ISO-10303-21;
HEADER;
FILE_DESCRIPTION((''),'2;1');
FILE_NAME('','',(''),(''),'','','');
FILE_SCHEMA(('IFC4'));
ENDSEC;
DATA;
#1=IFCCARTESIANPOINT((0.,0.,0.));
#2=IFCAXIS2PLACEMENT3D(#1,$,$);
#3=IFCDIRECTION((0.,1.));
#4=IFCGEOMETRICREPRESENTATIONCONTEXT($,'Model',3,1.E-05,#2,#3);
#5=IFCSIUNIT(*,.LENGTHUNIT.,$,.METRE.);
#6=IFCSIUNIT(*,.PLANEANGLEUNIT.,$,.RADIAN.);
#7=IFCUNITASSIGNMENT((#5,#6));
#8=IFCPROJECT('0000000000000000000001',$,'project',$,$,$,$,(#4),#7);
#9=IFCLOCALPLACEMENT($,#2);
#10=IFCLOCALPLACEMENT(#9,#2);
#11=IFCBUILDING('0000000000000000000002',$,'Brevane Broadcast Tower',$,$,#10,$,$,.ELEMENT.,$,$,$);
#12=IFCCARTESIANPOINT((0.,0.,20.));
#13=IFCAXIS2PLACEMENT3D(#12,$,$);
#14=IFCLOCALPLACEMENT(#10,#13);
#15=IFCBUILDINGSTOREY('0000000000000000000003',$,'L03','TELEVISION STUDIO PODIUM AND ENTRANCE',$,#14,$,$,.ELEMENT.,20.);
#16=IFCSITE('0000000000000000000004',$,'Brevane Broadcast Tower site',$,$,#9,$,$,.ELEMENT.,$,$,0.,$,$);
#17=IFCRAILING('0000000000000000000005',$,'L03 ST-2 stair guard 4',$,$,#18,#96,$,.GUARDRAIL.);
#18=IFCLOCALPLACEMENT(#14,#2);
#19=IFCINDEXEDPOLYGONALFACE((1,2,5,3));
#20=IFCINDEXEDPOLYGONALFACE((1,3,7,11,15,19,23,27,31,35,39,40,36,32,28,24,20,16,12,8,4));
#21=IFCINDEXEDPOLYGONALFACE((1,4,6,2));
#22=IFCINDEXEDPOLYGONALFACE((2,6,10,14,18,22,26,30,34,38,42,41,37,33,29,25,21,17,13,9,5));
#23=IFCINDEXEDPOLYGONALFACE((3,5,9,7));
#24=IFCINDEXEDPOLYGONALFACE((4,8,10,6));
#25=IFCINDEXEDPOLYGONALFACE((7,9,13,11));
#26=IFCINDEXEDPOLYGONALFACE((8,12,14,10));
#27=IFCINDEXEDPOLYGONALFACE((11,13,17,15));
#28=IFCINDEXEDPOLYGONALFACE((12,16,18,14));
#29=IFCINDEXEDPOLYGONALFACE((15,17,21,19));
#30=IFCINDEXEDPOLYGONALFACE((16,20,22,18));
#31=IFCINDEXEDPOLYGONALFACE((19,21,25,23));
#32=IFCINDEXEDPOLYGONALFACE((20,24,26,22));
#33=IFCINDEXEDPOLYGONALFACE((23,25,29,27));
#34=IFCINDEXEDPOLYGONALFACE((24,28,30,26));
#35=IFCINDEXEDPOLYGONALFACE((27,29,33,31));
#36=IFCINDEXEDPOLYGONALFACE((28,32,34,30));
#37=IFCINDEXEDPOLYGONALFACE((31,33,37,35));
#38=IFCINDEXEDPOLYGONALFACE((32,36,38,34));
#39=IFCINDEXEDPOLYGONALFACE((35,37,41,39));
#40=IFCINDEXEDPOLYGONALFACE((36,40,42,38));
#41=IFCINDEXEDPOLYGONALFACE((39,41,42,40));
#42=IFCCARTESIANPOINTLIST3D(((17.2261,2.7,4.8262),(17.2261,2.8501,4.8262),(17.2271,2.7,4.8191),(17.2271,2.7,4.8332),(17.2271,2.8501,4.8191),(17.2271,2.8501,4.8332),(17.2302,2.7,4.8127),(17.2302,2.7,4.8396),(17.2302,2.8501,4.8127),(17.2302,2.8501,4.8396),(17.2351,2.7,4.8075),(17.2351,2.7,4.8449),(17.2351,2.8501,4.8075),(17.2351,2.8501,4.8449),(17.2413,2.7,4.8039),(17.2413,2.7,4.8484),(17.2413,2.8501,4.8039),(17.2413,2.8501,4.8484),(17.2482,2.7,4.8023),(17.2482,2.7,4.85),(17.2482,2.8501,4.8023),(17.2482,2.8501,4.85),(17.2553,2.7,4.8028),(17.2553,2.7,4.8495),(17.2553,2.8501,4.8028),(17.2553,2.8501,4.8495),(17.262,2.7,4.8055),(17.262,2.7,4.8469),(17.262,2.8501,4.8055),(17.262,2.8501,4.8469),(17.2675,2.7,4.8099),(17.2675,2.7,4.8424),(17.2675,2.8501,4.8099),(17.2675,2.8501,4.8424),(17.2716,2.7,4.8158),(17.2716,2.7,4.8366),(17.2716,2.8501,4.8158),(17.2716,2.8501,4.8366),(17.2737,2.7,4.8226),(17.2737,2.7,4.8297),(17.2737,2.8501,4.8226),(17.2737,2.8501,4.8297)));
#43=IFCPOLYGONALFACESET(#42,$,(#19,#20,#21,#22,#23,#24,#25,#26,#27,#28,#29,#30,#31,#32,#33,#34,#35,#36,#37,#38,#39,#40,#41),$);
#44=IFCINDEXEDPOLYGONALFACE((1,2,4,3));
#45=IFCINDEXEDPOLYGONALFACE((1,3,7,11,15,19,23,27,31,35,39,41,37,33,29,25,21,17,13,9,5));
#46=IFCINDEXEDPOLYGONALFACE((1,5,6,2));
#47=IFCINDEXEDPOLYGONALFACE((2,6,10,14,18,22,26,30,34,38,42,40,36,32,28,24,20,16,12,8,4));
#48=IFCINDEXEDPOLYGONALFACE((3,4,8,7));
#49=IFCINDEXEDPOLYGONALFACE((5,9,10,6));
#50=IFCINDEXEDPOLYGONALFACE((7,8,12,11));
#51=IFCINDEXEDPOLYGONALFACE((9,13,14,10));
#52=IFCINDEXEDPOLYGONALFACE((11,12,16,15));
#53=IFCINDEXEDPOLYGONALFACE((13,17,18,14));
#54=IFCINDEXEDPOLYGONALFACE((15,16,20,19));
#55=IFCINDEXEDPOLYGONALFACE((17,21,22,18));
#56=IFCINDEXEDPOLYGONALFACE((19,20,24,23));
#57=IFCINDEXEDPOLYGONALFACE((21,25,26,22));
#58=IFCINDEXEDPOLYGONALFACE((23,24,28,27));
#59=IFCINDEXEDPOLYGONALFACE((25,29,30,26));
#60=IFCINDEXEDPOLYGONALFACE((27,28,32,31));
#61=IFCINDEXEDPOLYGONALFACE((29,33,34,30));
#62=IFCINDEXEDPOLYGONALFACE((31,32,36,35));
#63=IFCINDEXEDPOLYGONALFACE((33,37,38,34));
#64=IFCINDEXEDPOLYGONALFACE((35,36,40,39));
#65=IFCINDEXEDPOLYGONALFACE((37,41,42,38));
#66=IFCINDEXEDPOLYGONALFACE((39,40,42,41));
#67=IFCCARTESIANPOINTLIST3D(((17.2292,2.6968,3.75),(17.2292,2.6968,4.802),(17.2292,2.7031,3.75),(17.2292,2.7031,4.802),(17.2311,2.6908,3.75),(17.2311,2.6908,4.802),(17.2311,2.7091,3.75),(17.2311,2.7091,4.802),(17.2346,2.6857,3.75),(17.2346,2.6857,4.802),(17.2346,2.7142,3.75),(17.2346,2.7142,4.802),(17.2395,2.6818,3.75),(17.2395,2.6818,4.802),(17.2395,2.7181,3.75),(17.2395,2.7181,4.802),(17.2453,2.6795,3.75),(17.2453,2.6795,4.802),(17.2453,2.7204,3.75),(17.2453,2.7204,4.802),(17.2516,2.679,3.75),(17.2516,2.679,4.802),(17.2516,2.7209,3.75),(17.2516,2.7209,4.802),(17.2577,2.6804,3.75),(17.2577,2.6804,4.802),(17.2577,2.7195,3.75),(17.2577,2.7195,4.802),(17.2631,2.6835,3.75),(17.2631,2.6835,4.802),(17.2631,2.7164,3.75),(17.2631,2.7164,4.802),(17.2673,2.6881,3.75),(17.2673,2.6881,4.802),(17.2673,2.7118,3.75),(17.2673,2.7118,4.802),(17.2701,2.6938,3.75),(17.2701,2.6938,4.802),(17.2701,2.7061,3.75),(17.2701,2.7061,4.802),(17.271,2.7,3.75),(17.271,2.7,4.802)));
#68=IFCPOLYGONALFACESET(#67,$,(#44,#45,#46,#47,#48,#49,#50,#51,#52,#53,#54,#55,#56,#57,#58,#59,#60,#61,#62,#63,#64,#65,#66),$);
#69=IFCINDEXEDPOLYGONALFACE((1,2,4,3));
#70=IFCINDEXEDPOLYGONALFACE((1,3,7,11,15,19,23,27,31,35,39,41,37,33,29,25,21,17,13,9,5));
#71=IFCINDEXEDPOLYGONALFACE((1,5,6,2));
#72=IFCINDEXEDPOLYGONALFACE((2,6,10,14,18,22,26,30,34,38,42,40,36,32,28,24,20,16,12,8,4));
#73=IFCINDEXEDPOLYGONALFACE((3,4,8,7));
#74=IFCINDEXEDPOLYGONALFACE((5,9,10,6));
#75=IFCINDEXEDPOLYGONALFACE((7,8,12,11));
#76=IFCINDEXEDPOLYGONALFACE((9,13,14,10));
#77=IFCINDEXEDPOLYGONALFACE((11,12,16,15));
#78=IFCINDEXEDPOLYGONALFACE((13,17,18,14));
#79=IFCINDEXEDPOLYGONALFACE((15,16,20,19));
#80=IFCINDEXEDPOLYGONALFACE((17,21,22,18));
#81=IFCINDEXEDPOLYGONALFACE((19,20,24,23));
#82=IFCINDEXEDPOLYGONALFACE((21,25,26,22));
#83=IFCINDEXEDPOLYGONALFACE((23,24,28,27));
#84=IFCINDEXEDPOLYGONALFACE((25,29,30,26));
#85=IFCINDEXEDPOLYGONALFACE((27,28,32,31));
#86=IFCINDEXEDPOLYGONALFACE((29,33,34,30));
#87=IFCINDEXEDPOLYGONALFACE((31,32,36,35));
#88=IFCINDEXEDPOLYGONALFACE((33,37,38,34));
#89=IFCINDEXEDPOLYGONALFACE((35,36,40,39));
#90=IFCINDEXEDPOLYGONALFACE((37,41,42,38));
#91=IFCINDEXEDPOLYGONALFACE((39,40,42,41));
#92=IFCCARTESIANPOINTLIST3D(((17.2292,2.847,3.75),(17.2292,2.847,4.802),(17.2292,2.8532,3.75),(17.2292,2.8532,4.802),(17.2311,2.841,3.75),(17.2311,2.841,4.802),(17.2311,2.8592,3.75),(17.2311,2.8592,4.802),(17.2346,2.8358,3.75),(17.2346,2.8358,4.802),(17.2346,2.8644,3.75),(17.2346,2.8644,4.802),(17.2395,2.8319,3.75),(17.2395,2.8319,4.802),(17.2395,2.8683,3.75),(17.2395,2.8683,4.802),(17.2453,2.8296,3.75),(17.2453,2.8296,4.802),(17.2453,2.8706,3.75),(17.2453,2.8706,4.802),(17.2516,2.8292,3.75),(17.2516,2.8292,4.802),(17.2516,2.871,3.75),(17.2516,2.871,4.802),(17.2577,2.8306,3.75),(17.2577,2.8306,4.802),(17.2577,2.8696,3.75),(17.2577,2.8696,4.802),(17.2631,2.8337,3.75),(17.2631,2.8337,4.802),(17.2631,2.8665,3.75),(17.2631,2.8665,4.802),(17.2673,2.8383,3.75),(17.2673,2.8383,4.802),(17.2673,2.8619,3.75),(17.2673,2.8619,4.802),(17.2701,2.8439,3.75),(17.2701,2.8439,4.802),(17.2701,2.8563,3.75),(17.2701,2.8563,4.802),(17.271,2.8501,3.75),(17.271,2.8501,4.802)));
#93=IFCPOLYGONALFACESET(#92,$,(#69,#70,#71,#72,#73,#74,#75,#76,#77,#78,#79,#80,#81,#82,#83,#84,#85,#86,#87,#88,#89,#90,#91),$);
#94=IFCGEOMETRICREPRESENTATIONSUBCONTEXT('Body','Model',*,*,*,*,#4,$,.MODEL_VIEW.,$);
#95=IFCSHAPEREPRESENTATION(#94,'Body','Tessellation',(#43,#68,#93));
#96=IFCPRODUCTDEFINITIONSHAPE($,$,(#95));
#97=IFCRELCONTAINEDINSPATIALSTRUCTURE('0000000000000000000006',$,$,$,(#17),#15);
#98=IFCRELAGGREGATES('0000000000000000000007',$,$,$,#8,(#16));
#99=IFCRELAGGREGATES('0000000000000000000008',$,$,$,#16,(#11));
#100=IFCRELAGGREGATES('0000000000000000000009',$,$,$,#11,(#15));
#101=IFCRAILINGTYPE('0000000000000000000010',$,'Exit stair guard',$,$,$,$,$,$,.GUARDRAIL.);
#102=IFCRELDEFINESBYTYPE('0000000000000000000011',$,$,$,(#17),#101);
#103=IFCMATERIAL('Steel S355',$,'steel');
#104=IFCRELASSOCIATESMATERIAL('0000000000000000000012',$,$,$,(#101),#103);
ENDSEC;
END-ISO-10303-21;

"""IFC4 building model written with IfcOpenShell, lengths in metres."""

from ifc_helpers import new_model, si_unit, direction, frame, origin, origin_2d, place, context, subcontext, project, spatial, circle, extrude, material, type_object, element, save


model = new_model("IFC4")

# Units and contexts
model_context = context("Model", 3, precision=1e-05, world=origin(), true_north=direction((0.0, 1.0)))
body_context = subcontext(model_context, "Body", "Model", "MODEL_VIEW")
ifc_project = project(units=[si_unit("LENGTHUNIT", "METRE"), si_unit("PLANEANGLEUNIT", "RADIAN")], contexts=[model_context])

# Site, building, storey
site_placement = place(None, origin())
site = spatial("IfcSite", under=ifc_project, at=site_placement, Name="Brevane Broadcast Tower site", CompositionType="ELEMENT", RefElevation=0.0)
building_placement = place(site_placement, origin())
building = spatial("IfcBuilding", under=site, at=building_placement, Name="Brevane Broadcast Tower", CompositionType="ELEMENT")
storey_placement = place(building_placement, frame((0.0, 0.0, 20.0)))
storey = spatial("IfcBuildingStorey", under=building, at=storey_placement, Name="L03", Description="TELEVISION STUDIO PODIUM AND ENTRANCE", CompositionType="ELEMENT", Elevation=20.0)

# Railing
ifc_material_1 = material(Name="Steel S355", Category="steel")
railing_type_1 = type_object("IfcRailingType", Name="Exit stair guard", PredefinedType="GUARDRAIL", material=ifc_material_1)
railing_1_placement = place(storey_placement, frame((17.25, 2.7, 3.75)))
element("IfcRailing", 1, at=railing_1_placement, inside=storey, type_object=railing_type_1, Name="L03 ST-2 stair guard 4", PredefinedType="GUARDRAIL", context=body_context, shape_type="SweptSolid", body=[
    extrude(circle(Radius=0.0239, at=origin_2d()), frame((0.0, 0.0, 1.0762), z_axis=(0.0, 1.0, 0.0), x_axis=(-1.0, 0.0, 0.0)), (0.0, 0.0, 1.0), 0.1501),
    extrude(circle(Radius=0.021, at=origin_2d()), origin(), (0.0, 0.0, 1.0), 1.052),
    extrude(circle(Radius=0.021, at=origin_2d()), frame((0.0, 0.1501, 0.0)), (0.0, 0.0, 1.0), 1.052),
])

save(model, "model.ifc")
